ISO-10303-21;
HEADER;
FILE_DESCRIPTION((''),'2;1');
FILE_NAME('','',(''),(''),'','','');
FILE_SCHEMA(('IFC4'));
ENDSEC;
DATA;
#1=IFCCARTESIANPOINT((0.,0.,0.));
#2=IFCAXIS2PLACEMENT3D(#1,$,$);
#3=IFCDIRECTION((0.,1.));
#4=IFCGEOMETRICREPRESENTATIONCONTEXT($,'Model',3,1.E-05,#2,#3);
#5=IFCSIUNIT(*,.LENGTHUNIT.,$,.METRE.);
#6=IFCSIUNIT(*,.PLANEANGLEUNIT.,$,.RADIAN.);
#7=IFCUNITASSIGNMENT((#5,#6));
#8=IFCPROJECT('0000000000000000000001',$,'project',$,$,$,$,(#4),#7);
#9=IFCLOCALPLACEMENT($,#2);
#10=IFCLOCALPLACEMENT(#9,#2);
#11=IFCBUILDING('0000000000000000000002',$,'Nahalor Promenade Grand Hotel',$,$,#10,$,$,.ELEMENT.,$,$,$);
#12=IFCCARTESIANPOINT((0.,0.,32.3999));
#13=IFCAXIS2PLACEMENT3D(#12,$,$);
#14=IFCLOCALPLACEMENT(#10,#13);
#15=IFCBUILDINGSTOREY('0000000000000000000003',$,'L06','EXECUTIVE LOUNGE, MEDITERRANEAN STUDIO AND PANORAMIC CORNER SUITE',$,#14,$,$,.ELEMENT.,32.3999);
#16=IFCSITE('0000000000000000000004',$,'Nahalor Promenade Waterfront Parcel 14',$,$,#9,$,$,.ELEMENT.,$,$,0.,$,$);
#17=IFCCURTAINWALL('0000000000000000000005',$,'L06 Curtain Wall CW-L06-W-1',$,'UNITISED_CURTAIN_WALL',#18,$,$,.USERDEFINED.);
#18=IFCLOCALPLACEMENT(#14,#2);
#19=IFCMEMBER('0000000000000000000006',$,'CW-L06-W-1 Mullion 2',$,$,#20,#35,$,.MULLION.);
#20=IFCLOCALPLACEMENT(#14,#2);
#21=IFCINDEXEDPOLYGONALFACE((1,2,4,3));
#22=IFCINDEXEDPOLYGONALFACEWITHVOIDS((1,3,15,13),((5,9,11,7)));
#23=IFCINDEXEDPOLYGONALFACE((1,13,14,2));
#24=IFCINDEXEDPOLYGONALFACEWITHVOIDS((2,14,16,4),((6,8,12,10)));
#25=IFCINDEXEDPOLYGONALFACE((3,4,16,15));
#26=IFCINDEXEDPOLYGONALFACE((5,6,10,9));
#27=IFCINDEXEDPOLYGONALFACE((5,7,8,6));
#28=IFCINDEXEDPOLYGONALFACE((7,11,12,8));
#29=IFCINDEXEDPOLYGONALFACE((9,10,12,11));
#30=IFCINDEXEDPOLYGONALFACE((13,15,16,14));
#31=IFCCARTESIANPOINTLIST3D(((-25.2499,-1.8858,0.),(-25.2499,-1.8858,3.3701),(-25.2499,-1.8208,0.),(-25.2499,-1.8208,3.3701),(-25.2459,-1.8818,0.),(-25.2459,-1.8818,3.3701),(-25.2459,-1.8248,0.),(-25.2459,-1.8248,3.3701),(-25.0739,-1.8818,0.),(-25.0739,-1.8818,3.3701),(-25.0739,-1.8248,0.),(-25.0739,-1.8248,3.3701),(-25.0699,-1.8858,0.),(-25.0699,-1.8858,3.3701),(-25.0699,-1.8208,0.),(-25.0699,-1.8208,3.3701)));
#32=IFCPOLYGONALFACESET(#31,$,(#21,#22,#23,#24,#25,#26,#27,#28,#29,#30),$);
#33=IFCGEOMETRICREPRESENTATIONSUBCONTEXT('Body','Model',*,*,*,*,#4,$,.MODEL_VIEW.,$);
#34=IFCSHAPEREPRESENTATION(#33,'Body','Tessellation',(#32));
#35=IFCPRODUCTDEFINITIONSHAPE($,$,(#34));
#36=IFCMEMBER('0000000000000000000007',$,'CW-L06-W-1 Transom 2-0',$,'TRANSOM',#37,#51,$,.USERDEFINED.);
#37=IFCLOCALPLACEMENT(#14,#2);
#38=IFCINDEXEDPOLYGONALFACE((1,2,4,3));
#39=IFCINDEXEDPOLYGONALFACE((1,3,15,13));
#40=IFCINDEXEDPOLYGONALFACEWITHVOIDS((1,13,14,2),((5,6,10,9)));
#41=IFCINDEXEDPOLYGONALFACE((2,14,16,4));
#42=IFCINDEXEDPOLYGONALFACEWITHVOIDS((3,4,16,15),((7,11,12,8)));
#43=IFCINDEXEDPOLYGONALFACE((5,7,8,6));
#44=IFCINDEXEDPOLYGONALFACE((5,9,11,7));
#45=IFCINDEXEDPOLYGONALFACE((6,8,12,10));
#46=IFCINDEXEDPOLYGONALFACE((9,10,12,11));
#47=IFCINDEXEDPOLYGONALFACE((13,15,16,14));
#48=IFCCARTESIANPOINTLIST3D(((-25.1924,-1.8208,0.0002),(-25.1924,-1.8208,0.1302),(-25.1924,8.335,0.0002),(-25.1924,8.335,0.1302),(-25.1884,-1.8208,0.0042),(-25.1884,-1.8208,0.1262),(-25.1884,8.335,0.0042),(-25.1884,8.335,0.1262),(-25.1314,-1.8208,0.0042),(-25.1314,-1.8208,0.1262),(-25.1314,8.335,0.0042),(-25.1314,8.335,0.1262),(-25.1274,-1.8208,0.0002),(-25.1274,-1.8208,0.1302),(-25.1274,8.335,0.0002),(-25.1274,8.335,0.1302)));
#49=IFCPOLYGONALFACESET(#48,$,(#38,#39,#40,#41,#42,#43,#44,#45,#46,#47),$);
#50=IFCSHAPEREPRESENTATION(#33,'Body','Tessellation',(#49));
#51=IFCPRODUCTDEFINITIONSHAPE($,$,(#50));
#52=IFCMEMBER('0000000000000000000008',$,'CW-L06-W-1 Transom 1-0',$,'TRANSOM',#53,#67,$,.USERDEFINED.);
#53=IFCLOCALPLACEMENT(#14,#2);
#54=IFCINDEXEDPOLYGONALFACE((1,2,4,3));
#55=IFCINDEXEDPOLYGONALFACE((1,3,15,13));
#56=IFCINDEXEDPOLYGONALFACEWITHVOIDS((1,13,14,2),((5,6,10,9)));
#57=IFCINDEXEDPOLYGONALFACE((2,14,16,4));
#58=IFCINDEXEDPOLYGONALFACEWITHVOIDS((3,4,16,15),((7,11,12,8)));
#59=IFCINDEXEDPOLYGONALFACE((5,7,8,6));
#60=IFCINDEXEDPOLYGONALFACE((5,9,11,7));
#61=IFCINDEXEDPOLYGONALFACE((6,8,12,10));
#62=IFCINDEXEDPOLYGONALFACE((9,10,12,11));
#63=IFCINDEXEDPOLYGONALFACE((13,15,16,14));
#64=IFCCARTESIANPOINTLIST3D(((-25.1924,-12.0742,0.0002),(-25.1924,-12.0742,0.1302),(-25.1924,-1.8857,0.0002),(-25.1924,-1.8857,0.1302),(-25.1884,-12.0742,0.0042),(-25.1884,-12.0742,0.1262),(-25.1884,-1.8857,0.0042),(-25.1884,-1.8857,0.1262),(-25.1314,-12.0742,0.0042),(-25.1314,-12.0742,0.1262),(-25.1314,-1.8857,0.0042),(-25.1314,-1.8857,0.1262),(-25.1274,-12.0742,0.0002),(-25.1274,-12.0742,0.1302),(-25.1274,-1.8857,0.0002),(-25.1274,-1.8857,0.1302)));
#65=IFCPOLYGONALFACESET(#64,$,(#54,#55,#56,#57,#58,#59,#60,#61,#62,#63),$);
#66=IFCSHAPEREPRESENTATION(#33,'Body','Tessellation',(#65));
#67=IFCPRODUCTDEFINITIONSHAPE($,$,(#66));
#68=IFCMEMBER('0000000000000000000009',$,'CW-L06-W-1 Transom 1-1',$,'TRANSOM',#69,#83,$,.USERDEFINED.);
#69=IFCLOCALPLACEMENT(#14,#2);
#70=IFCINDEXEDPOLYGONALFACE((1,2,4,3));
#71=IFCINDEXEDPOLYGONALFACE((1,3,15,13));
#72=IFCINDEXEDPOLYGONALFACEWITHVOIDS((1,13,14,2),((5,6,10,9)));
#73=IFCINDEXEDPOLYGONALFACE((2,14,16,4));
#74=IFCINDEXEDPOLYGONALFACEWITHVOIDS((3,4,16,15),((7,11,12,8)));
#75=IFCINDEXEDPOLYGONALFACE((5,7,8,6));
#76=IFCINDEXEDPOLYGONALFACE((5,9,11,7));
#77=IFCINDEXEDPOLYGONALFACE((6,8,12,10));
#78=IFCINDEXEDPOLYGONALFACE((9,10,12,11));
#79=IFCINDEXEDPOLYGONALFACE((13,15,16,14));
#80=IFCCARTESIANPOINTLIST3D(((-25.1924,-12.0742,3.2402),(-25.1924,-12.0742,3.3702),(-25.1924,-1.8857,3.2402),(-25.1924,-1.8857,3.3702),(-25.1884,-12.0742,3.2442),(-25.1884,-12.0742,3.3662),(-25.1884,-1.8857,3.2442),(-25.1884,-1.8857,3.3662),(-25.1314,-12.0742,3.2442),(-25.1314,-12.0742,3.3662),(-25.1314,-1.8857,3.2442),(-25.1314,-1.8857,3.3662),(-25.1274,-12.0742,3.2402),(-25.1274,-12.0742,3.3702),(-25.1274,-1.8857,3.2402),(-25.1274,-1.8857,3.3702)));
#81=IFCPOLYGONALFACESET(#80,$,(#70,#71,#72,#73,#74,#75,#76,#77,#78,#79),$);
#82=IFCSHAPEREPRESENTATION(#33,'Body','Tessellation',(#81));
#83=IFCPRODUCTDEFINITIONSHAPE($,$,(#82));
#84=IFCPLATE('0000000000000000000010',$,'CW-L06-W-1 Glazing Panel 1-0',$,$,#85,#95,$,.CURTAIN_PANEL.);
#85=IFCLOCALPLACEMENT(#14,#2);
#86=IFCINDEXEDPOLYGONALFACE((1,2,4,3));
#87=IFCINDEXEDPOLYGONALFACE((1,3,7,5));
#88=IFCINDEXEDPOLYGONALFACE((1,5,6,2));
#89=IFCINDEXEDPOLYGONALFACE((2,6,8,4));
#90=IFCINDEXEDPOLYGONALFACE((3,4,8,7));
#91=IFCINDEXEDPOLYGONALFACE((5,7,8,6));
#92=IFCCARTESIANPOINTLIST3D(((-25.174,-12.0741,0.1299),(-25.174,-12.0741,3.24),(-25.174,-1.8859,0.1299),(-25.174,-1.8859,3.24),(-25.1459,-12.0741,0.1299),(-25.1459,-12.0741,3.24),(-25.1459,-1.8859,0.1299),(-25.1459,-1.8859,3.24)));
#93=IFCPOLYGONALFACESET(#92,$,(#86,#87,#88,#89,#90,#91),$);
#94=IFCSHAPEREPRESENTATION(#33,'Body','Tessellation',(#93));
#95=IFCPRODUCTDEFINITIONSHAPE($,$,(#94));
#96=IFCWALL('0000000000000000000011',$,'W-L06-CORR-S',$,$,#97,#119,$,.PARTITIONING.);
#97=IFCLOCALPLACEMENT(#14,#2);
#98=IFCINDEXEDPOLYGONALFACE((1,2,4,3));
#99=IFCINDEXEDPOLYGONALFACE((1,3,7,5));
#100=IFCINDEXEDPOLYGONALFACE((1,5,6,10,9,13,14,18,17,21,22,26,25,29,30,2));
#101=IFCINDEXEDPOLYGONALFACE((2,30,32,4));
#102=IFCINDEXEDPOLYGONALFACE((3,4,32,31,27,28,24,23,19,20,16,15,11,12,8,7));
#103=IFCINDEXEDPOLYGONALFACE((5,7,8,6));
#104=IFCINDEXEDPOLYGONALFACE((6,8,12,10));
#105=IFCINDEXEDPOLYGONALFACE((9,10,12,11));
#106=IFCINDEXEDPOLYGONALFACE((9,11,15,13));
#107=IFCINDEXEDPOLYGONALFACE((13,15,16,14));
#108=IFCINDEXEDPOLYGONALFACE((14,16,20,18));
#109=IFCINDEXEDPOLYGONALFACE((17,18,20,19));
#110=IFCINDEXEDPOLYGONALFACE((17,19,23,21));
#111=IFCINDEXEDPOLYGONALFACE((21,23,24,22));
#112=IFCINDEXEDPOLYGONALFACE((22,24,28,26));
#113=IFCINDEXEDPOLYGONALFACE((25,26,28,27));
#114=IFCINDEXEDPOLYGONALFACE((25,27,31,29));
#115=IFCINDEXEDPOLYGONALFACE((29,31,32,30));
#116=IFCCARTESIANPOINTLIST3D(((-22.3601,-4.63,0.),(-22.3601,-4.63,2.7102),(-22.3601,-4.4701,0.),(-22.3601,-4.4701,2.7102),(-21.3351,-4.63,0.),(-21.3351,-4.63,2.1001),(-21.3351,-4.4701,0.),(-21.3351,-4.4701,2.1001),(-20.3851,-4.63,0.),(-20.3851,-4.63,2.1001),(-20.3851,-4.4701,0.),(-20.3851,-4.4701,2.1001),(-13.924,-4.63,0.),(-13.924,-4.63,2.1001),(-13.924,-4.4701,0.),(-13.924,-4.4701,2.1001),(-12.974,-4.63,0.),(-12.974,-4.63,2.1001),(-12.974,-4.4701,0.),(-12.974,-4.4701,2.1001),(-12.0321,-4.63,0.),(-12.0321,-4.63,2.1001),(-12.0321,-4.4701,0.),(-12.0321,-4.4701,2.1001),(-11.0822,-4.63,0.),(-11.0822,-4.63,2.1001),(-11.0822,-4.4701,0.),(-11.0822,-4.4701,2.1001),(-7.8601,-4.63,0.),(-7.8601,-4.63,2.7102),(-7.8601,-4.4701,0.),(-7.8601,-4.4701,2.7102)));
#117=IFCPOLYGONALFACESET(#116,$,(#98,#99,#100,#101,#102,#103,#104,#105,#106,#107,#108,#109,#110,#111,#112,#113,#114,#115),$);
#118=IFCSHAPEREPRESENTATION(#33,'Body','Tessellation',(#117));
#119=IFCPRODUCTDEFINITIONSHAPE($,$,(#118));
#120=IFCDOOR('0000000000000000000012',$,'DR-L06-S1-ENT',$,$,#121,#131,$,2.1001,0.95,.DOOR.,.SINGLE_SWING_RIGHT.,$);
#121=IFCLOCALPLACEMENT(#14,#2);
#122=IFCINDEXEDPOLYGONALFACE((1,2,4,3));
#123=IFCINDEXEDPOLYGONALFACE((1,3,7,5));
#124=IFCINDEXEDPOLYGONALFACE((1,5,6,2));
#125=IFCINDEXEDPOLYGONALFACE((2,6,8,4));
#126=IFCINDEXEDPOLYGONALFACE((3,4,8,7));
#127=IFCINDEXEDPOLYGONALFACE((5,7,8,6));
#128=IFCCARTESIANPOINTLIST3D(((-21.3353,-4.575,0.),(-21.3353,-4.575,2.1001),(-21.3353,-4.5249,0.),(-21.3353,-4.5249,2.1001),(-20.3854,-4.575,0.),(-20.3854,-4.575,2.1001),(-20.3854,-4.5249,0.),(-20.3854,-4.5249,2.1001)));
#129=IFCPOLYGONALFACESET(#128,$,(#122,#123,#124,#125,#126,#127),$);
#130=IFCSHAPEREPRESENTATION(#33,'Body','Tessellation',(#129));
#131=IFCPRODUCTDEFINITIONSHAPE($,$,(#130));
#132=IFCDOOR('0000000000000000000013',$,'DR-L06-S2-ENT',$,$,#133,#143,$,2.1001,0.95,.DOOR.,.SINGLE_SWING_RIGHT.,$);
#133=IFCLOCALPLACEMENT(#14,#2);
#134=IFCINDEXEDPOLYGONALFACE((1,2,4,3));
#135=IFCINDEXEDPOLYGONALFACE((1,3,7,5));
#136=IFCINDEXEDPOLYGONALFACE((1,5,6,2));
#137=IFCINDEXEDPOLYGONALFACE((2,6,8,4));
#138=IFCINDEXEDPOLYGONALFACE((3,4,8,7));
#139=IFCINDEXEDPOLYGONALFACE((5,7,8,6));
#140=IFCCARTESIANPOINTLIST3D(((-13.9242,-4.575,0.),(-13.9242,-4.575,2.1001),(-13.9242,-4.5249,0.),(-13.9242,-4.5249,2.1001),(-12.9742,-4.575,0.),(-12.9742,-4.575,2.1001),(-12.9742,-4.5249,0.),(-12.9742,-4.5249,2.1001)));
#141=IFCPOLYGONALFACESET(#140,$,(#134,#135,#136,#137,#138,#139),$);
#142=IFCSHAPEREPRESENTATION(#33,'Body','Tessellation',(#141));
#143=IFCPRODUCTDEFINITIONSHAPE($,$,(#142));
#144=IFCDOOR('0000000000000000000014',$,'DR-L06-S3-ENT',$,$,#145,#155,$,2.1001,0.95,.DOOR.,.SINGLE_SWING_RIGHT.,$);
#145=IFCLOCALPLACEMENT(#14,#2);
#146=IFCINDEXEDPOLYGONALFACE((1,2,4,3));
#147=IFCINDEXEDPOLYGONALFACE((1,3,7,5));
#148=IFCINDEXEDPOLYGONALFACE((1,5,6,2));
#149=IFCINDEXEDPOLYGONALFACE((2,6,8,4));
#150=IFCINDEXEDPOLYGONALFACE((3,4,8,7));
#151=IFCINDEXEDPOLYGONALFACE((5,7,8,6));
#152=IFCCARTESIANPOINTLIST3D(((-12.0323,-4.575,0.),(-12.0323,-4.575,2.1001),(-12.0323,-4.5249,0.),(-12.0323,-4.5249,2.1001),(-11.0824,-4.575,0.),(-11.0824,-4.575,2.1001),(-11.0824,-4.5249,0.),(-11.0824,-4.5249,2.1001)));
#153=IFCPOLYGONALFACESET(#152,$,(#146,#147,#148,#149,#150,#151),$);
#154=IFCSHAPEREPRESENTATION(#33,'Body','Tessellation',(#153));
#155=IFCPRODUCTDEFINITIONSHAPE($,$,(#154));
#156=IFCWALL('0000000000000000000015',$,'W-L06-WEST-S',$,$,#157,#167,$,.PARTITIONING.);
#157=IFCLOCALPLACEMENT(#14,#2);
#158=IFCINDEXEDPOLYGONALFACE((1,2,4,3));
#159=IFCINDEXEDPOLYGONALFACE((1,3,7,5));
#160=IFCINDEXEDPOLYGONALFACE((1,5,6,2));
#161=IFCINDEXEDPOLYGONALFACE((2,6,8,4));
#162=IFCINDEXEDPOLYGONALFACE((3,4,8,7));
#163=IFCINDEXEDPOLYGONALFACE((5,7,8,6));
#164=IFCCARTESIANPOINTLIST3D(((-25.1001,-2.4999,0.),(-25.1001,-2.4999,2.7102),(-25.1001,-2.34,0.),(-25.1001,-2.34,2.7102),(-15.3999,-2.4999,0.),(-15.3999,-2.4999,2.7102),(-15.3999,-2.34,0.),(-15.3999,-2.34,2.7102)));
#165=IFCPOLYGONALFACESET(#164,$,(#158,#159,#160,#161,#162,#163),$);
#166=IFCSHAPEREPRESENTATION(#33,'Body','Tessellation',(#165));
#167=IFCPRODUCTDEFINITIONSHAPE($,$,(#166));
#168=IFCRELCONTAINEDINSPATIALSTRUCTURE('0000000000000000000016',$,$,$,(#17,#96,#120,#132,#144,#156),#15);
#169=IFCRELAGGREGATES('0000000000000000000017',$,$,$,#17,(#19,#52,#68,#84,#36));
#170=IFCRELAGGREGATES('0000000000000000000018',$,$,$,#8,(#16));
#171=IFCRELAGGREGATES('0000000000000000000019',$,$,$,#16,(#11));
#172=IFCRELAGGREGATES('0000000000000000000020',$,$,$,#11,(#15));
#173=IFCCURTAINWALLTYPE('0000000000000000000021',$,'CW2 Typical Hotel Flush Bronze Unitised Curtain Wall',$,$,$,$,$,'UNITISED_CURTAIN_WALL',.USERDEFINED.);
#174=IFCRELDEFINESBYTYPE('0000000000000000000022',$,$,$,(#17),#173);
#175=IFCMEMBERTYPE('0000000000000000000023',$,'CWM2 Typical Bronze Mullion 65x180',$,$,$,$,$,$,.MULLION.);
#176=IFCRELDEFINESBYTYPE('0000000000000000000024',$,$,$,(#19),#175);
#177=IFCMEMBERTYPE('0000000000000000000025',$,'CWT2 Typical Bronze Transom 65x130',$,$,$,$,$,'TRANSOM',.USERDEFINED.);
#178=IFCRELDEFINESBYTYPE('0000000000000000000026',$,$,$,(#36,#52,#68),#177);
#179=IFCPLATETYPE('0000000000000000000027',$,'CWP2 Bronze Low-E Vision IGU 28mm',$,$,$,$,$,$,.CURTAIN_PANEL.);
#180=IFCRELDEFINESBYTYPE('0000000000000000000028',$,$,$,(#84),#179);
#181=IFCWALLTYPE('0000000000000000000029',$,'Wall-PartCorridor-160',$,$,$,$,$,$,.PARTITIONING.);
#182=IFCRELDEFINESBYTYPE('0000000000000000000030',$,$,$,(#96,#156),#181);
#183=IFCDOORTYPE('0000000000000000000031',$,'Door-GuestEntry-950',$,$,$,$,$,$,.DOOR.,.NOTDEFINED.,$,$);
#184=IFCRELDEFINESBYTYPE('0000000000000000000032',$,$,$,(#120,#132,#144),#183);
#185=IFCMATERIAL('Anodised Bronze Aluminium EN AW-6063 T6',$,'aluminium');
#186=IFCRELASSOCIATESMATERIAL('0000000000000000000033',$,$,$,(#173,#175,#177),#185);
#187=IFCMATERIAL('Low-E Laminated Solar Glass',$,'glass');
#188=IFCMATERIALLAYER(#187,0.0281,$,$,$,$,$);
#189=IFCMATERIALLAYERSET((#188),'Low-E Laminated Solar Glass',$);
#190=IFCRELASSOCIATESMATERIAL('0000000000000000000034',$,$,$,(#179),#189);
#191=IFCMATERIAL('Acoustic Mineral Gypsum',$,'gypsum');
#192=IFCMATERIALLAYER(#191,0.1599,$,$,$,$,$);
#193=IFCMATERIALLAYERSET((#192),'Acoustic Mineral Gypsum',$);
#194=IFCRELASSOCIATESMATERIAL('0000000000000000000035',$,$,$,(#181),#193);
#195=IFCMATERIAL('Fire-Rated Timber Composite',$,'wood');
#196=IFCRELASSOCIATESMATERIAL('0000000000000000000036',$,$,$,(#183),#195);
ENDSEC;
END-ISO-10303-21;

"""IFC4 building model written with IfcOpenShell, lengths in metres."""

from ifc_helpers import new_model, si_unit, direction, frame, frame_2d, origin, origin_2d, place, context, subcontext, project, spatial, rectangle, hollow_rectangle, extrude, source, transform, mapped, material, layer, layer_set, material_profile, profile_set, type_object, element, fill, aggregate, save


model = new_model("IFC4")

# Units and contexts
model_context = context("Model", 3, precision=1e-05, world=origin(), true_north=direction((0.0, 1.0)))
body_context = subcontext(model_context, "Body", "Model", "MODEL_VIEW")
ifc_project = project(units=[si_unit("LENGTHUNIT", "METRE"), si_unit("PLANEANGLEUNIT", "RADIAN")], contexts=[model_context])

# Site, building, storey
site_placement = place(None, origin())
site = spatial("IfcSite", under=ifc_project, at=site_placement, Name="Nahalor Promenade Waterfront Parcel 14", CompositionType="ELEMENT", RefElevation=0.0)
building_placement = place(site_placement, origin())
building = spatial("IfcBuilding", under=site, at=building_placement, Name="Nahalor Promenade Grand Hotel", CompositionType="ELEMENT")
storey_placement = place(building_placement, frame((0.0, 0.0, 32.3999)))
storey = spatial("IfcBuildingStorey", under=building, at=storey_placement, Name="L06", Description="EXECUTIVE LOUNGE, MEDITERRANEAN STUDIO AND PANORAMIC CORNER SUITE", CompositionType="ELEMENT", Elevation=32.3999)

# Curtain wall, members, plate
ifc_material_1 = material(Name="Anodised Bronze Aluminium EN AW-6063 T6", Category="aluminium")
curtain_wall_type = type_object("IfcCurtainWallType", Name="CW2 Typical Hotel Flush Bronze Unitised Curtain Wall", ElementType="UNITISED_CURTAIN_WALL", PredefinedType="USERDEFINED", material=ifc_material_1)
curtain_wall_placement = place(storey_placement, origin())
curtain_wall = element("IfcCurtainWall", 1, at=curtain_wall_placement, inside=storey, type_object=curtain_wall_type, Name="L06 Curtain Wall CW-L06-W-1", ObjectType="UNITISED_CURTAIN_WALL", PredefinedType="USERDEFINED")
ifc_material_profile_1 = material_profile(ifc_material_1, hollow_rectangle(XDim=0.065, YDim=0.18, WallThickness=0.004, at=origin_2d()), Name="CWM 65x180x4")
ifc_profile_set_1 = profile_set([ifc_material_profile_1], Name="Anodised Bronze Aluminium EN AW-6063 T6")
member_type_1 = type_object("IfcMemberType", Name="CWM2 Typical Bronze Mullion 65x180", PredefinedType="MULLION", material=ifc_profile_set_1)
shared_shape_1 = source(origin(), body_context, "Body", "SweptSolid", [
    extrude(hollow_rectangle(XDim=0.065, YDim=0.18, WallThickness=0.004, at=origin_2d()), origin(), (0.0, 0.0, 1.0), 3.3701),
])
member_1_placement = place(storey_placement, frame((-25.1599, -1.8533, 0.0), z_axis=(0.0, 0.0, 1.0), x_axis=(0.0, 1.0, 0.0)))
member_1 = element("IfcMember", 2, at=member_1_placement, type_object=member_type_1, Name="CW-L06-W-1 Mullion 2", PredefinedType="MULLION", context=body_context, shape_type="MappedRepresentation", body=[
    mapped(shared_shape_1, transform((0.0, 0.0, 0.0), scale=1.0)),
])
ifc_material_profile_2 = material_profile(ifc_material_1, hollow_rectangle(XDim=0.065, YDim=0.13, WallThickness=0.004, at=origin_2d()), Name="CWT 65x130x4")
ifc_profile_set_2 = profile_set([ifc_material_profile_2], Name="Anodised Bronze Aluminium EN AW-6063 T6")
member_type_2 = type_object("IfcMemberType", Name="CWT2 Typical Bronze Transom 65x130", ElementType="TRANSOM", PredefinedType="USERDEFINED", material=ifc_profile_set_2)
shared_shape_2 = source(origin(), body_context, "Body", "SweptSolid", [
    extrude(hollow_rectangle(XDim=0.065, YDim=0.13, WallThickness=0.004, at=origin_2d()), origin(), (0.0, 0.0, 1.0), 10.1558),
])
member_2_placement = place(storey_placement, frame((-25.1599, -1.8208, 0.0652), z_axis=(0.0, 1.0, 0.0), x_axis=(-1.0, 0.0, 0.0)))
member_2 = element("IfcMember", 3, at=member_2_placement, type_object=member_type_2, Name="CW-L06-W-1 Transom 2-0", ObjectType="TRANSOM", PredefinedType="USERDEFINED", context=body_context, shape_type="MappedRepresentation", body=[
    mapped(shared_shape_2, transform((0.0, 0.0, 0.0), scale=1.0)),
])
shared_shape_3 = source(origin(), body_context, "Body", "SweptSolid", [
    extrude(hollow_rectangle(XDim=0.065, YDim=0.13, WallThickness=0.004, at=origin_2d()), origin(), (0.0, 0.0, 1.0), 10.1885),
])
member_3_placement = place(storey_placement, frame((-25.1599, -12.0742, 0.0652), z_axis=(0.0, 1.0, 0.0), x_axis=(-1.0, 0.0, 0.0)))
member_3 = element("IfcMember", 4, at=member_3_placement, type_object=member_type_2, Name="CW-L06-W-1 Transom 1-0", ObjectType="TRANSOM", PredefinedType="USERDEFINED", context=body_context, shape_type="MappedRepresentation", body=[
    mapped(shared_shape_3, transform((0.0, 0.0, 0.0), scale=1.0)),
])
member_4_placement = place(storey_placement, frame((-25.1599, -12.0742, 3.3052), z_axis=(0.0, 1.0, 0.0), x_axis=(-1.0, 0.0, 0.0)))
member_4 = element("IfcMember", 5, at=member_4_placement, type_object=member_type_2, Name="CW-L06-W-1 Transom 1-1", ObjectType="TRANSOM", PredefinedType="USERDEFINED", context=body_context, shape_type="MappedRepresentation", body=[
    mapped(shared_shape_3, transform((0.0, 0.0, 0.0), scale=1.0)),
])
ifc_material_2 = material(Name="Low-E Laminated Solar Glass", Category="glass")
ifc_layer_1 = layer(ifc_material_2, 0.0281)
ifc_layer_set_1 = layer_set([ifc_layer_1], Name="Low-E Laminated Solar Glass")
plate_type = type_object("IfcPlateType", Name="CWP2 Bronze Low-E Vision IGU 28mm", PredefinedType="CURTAIN_PANEL", material=ifc_layer_set_1)
shared_shape_4 = source(origin(), body_context, "Body", "SweptSolid", [
    extrude(rectangle(XDim=10.1882, YDim=0.0281, at=origin_2d()), origin(), (0.0, 0.0, 1.0), 3.1101),
])
plate_placement = place(storey_placement, frame((-25.1599, -6.98, 0.1299), z_axis=(0.0, 0.0, 1.0), x_axis=(0.0, 1.0, 0.0)))
plate = element("IfcPlate", 6, at=plate_placement, type_object=plate_type, Name="CW-L06-W-1 Glazing Panel 1-0", PredefinedType="CURTAIN_PANEL", context=body_context, shape_type="MappedRepresentation", body=[
    mapped(shared_shape_4, transform((0.0, 0.0, 0.0), scale=1.0)),
])
aggregate(curtain_wall, [member_1, member_3, member_4, plate, member_2])

# Wall, openings, doors
ifc_material_3 = material(Name="Acoustic Mineral Gypsum", Category="gypsum")
ifc_layer_2 = layer(ifc_material_3, 0.1599)
ifc_layer_set_2 = layer_set([ifc_layer_2], Name="Acoustic Mineral Gypsum")
wall_type = type_object("IfcWallType", Name="Wall-PartCorridor-160", PredefinedType="PARTITIONING", material=ifc_layer_set_2)
shared_shape_5 = source(origin(), body_context, "Body", "SweptSolid", [
    extrude(rectangle(XDim=14.5, YDim=0.1599, at=frame_2d((7.25, 0.0))), origin(), (0.0, 0.0, 1.0), 2.7102),
])
wall_1_placement = place(storey_placement, frame((-22.3601, -4.55, 0.0), z_axis=(0.0, 0.0, 1.0), x_axis=(1.0, 0.0, 0.0)))
wall_1 = element("IfcWall", 7, at=wall_1_placement, inside=storey, type_object=wall_type, Name="W-L06-CORR-S", PredefinedType="PARTITIONING", context=body_context, shape_type="MappedRepresentation", body=[
    mapped(shared_shape_5, transform((0.0, 0.0, 0.0), scale=1.0)),
])
opening_1_placement = place(wall_1_placement, frame((1.0249, 0.0, 0.0)))
opening_1 = element("IfcOpeningElement", 8, at=opening_1_placement, cuts=wall_1, PredefinedType="OPENING", context=body_context, shape_type="SweptSolid", body=[
    extrude(rectangle(XDim=0.95, YDim=2.1001, at=frame_2d((0.4751, 1.05))), frame((0.0, 0.0898, 0.0), z_axis=(0.0, -1.0, 0.0), x_axis=(1.0, 0.0, 0.0)), (0.0, 0.0, 1.0), 0.1799),
])
opening_2_placement = place(wall_1_placement, frame((8.436, 0.0, 0.0)))
opening_2 = element("IfcOpeningElement", 9, at=opening_2_placement, cuts=wall_1, PredefinedType="OPENING", context=body_context, shape_type="SweptSolid", body=[
    extrude(rectangle(XDim=0.95, YDim=2.1001, at=frame_2d((0.4751, 1.05))), frame((0.0, 0.0898, 0.0), z_axis=(0.0, -1.0, 0.0), x_axis=(1.0, 0.0, 0.0)), (0.0, 0.0, 1.0), 0.1799),
])
opening_3_placement = place(wall_1_placement, frame((10.3279, 0.0, 0.0)))
opening_3 = element("IfcOpeningElement", 10, at=opening_3_placement, cuts=wall_1, PredefinedType="OPENING", context=body_context, shape_type="SweptSolid", body=[
    extrude(rectangle(XDim=0.95, YDim=2.1001, at=frame_2d((0.4751, 1.05))), frame((0.0, 0.0898, 0.0), z_axis=(0.0, -1.0, 0.0), x_axis=(1.0, 0.0, 0.0)), (0.0, 0.0, 1.0), 0.1799),
])
ifc_material_4 = material(Name="Fire-Rated Timber Composite", Category="wood")
door_type = type_object("IfcDoorType", Name="Door-GuestEntry-950", OperationType="NOTDEFINED", PredefinedType="DOOR", material=ifc_material_4)
shared_shape_6 = source(origin(), body_context, "Body", "SweptSolid", [
    extrude(rectangle(XDim=0.95, YDim=2.1001, at=frame_2d((0.4751, 1.05))), frame((0.0, 0.0249, 0.0), z_axis=(0.0, -1.0, 0.0), x_axis=(1.0, 0.0, 0.0)), (0.0, 0.0, 1.0), 0.05),
])
door_1_placement = place(opening_1_placement, frame((0.95, 0.0, 0.0), z_axis=(0.0, 0.0, 1.0), x_axis=(-1.0, 0.0, 0.0)))
door_1 = element("IfcDoor", 11, at=door_1_placement, inside=storey, type_object=door_type, Name="DR-L06-S1-ENT", OperationType="SINGLE_SWING_RIGHT", OverallHeight=2.1001, OverallWidth=0.95, PredefinedType="DOOR", context=body_context, shape_type="MappedRepresentation", body=[
    mapped(shared_shape_6, transform((0.0, 0.0, 0.0), scale=1.0)),
])
fill(opening_1, door_1)
door_2_placement = place(opening_2_placement, frame((0.95, 0.0, 0.0), z_axis=(0.0, 0.0, 1.0), x_axis=(-1.0, 0.0, 0.0)))
door_2 = element("IfcDoor", 12, at=door_2_placement, inside=storey, type_object=door_type, Name="DR-L06-S2-ENT", OperationType="SINGLE_SWING_RIGHT", OverallHeight=2.1001, OverallWidth=0.95, PredefinedType="DOOR", context=body_context, shape_type="MappedRepresentation", body=[
    mapped(shared_shape_6, transform((0.0, 0.0, 0.0), scale=1.0)),
])
fill(opening_2, door_2)
door_3_placement = place(opening_3_placement, frame((0.95, 0.0, 0.0), z_axis=(0.0, 0.0, 1.0), x_axis=(-1.0, 0.0, 0.0)))
door_3 = element("IfcDoor", 13, at=door_3_placement, inside=storey, type_object=door_type, Name="DR-L06-S3-ENT", OperationType="SINGLE_SWING_RIGHT", OverallHeight=2.1001, OverallWidth=0.95, PredefinedType="DOOR", context=body_context, shape_type="MappedRepresentation", body=[
    mapped(shared_shape_6, transform((0.0, 0.0, 0.0), scale=1.0)),
])
fill(opening_3, door_3)

# Wall
shared_shape_7 = source(origin(), body_context, "Body", "SweptSolid", [
    extrude(rectangle(XDim=9.7002, YDim=0.1599, at=frame_2d((4.8501, 0.0))), origin(), (0.0, 0.0, 1.0), 2.7102),
])
wall_2_placement = place(storey_placement, frame((-25.1001, -2.4199, 0.0), z_axis=(0.0, 0.0, 1.0), x_axis=(1.0, 0.0, 0.0)))
element("IfcWall", 14, at=wall_2_placement, inside=storey, type_object=wall_type, Name="W-L06-WEST-S", PredefinedType="PARTITIONING", context=body_context, shape_type="MappedRepresentation", body=[
    mapped(shared_shape_7, transform((0.0, 0.0, 0.0), scale=1.0)),
])

save(model, "model.ifc")
